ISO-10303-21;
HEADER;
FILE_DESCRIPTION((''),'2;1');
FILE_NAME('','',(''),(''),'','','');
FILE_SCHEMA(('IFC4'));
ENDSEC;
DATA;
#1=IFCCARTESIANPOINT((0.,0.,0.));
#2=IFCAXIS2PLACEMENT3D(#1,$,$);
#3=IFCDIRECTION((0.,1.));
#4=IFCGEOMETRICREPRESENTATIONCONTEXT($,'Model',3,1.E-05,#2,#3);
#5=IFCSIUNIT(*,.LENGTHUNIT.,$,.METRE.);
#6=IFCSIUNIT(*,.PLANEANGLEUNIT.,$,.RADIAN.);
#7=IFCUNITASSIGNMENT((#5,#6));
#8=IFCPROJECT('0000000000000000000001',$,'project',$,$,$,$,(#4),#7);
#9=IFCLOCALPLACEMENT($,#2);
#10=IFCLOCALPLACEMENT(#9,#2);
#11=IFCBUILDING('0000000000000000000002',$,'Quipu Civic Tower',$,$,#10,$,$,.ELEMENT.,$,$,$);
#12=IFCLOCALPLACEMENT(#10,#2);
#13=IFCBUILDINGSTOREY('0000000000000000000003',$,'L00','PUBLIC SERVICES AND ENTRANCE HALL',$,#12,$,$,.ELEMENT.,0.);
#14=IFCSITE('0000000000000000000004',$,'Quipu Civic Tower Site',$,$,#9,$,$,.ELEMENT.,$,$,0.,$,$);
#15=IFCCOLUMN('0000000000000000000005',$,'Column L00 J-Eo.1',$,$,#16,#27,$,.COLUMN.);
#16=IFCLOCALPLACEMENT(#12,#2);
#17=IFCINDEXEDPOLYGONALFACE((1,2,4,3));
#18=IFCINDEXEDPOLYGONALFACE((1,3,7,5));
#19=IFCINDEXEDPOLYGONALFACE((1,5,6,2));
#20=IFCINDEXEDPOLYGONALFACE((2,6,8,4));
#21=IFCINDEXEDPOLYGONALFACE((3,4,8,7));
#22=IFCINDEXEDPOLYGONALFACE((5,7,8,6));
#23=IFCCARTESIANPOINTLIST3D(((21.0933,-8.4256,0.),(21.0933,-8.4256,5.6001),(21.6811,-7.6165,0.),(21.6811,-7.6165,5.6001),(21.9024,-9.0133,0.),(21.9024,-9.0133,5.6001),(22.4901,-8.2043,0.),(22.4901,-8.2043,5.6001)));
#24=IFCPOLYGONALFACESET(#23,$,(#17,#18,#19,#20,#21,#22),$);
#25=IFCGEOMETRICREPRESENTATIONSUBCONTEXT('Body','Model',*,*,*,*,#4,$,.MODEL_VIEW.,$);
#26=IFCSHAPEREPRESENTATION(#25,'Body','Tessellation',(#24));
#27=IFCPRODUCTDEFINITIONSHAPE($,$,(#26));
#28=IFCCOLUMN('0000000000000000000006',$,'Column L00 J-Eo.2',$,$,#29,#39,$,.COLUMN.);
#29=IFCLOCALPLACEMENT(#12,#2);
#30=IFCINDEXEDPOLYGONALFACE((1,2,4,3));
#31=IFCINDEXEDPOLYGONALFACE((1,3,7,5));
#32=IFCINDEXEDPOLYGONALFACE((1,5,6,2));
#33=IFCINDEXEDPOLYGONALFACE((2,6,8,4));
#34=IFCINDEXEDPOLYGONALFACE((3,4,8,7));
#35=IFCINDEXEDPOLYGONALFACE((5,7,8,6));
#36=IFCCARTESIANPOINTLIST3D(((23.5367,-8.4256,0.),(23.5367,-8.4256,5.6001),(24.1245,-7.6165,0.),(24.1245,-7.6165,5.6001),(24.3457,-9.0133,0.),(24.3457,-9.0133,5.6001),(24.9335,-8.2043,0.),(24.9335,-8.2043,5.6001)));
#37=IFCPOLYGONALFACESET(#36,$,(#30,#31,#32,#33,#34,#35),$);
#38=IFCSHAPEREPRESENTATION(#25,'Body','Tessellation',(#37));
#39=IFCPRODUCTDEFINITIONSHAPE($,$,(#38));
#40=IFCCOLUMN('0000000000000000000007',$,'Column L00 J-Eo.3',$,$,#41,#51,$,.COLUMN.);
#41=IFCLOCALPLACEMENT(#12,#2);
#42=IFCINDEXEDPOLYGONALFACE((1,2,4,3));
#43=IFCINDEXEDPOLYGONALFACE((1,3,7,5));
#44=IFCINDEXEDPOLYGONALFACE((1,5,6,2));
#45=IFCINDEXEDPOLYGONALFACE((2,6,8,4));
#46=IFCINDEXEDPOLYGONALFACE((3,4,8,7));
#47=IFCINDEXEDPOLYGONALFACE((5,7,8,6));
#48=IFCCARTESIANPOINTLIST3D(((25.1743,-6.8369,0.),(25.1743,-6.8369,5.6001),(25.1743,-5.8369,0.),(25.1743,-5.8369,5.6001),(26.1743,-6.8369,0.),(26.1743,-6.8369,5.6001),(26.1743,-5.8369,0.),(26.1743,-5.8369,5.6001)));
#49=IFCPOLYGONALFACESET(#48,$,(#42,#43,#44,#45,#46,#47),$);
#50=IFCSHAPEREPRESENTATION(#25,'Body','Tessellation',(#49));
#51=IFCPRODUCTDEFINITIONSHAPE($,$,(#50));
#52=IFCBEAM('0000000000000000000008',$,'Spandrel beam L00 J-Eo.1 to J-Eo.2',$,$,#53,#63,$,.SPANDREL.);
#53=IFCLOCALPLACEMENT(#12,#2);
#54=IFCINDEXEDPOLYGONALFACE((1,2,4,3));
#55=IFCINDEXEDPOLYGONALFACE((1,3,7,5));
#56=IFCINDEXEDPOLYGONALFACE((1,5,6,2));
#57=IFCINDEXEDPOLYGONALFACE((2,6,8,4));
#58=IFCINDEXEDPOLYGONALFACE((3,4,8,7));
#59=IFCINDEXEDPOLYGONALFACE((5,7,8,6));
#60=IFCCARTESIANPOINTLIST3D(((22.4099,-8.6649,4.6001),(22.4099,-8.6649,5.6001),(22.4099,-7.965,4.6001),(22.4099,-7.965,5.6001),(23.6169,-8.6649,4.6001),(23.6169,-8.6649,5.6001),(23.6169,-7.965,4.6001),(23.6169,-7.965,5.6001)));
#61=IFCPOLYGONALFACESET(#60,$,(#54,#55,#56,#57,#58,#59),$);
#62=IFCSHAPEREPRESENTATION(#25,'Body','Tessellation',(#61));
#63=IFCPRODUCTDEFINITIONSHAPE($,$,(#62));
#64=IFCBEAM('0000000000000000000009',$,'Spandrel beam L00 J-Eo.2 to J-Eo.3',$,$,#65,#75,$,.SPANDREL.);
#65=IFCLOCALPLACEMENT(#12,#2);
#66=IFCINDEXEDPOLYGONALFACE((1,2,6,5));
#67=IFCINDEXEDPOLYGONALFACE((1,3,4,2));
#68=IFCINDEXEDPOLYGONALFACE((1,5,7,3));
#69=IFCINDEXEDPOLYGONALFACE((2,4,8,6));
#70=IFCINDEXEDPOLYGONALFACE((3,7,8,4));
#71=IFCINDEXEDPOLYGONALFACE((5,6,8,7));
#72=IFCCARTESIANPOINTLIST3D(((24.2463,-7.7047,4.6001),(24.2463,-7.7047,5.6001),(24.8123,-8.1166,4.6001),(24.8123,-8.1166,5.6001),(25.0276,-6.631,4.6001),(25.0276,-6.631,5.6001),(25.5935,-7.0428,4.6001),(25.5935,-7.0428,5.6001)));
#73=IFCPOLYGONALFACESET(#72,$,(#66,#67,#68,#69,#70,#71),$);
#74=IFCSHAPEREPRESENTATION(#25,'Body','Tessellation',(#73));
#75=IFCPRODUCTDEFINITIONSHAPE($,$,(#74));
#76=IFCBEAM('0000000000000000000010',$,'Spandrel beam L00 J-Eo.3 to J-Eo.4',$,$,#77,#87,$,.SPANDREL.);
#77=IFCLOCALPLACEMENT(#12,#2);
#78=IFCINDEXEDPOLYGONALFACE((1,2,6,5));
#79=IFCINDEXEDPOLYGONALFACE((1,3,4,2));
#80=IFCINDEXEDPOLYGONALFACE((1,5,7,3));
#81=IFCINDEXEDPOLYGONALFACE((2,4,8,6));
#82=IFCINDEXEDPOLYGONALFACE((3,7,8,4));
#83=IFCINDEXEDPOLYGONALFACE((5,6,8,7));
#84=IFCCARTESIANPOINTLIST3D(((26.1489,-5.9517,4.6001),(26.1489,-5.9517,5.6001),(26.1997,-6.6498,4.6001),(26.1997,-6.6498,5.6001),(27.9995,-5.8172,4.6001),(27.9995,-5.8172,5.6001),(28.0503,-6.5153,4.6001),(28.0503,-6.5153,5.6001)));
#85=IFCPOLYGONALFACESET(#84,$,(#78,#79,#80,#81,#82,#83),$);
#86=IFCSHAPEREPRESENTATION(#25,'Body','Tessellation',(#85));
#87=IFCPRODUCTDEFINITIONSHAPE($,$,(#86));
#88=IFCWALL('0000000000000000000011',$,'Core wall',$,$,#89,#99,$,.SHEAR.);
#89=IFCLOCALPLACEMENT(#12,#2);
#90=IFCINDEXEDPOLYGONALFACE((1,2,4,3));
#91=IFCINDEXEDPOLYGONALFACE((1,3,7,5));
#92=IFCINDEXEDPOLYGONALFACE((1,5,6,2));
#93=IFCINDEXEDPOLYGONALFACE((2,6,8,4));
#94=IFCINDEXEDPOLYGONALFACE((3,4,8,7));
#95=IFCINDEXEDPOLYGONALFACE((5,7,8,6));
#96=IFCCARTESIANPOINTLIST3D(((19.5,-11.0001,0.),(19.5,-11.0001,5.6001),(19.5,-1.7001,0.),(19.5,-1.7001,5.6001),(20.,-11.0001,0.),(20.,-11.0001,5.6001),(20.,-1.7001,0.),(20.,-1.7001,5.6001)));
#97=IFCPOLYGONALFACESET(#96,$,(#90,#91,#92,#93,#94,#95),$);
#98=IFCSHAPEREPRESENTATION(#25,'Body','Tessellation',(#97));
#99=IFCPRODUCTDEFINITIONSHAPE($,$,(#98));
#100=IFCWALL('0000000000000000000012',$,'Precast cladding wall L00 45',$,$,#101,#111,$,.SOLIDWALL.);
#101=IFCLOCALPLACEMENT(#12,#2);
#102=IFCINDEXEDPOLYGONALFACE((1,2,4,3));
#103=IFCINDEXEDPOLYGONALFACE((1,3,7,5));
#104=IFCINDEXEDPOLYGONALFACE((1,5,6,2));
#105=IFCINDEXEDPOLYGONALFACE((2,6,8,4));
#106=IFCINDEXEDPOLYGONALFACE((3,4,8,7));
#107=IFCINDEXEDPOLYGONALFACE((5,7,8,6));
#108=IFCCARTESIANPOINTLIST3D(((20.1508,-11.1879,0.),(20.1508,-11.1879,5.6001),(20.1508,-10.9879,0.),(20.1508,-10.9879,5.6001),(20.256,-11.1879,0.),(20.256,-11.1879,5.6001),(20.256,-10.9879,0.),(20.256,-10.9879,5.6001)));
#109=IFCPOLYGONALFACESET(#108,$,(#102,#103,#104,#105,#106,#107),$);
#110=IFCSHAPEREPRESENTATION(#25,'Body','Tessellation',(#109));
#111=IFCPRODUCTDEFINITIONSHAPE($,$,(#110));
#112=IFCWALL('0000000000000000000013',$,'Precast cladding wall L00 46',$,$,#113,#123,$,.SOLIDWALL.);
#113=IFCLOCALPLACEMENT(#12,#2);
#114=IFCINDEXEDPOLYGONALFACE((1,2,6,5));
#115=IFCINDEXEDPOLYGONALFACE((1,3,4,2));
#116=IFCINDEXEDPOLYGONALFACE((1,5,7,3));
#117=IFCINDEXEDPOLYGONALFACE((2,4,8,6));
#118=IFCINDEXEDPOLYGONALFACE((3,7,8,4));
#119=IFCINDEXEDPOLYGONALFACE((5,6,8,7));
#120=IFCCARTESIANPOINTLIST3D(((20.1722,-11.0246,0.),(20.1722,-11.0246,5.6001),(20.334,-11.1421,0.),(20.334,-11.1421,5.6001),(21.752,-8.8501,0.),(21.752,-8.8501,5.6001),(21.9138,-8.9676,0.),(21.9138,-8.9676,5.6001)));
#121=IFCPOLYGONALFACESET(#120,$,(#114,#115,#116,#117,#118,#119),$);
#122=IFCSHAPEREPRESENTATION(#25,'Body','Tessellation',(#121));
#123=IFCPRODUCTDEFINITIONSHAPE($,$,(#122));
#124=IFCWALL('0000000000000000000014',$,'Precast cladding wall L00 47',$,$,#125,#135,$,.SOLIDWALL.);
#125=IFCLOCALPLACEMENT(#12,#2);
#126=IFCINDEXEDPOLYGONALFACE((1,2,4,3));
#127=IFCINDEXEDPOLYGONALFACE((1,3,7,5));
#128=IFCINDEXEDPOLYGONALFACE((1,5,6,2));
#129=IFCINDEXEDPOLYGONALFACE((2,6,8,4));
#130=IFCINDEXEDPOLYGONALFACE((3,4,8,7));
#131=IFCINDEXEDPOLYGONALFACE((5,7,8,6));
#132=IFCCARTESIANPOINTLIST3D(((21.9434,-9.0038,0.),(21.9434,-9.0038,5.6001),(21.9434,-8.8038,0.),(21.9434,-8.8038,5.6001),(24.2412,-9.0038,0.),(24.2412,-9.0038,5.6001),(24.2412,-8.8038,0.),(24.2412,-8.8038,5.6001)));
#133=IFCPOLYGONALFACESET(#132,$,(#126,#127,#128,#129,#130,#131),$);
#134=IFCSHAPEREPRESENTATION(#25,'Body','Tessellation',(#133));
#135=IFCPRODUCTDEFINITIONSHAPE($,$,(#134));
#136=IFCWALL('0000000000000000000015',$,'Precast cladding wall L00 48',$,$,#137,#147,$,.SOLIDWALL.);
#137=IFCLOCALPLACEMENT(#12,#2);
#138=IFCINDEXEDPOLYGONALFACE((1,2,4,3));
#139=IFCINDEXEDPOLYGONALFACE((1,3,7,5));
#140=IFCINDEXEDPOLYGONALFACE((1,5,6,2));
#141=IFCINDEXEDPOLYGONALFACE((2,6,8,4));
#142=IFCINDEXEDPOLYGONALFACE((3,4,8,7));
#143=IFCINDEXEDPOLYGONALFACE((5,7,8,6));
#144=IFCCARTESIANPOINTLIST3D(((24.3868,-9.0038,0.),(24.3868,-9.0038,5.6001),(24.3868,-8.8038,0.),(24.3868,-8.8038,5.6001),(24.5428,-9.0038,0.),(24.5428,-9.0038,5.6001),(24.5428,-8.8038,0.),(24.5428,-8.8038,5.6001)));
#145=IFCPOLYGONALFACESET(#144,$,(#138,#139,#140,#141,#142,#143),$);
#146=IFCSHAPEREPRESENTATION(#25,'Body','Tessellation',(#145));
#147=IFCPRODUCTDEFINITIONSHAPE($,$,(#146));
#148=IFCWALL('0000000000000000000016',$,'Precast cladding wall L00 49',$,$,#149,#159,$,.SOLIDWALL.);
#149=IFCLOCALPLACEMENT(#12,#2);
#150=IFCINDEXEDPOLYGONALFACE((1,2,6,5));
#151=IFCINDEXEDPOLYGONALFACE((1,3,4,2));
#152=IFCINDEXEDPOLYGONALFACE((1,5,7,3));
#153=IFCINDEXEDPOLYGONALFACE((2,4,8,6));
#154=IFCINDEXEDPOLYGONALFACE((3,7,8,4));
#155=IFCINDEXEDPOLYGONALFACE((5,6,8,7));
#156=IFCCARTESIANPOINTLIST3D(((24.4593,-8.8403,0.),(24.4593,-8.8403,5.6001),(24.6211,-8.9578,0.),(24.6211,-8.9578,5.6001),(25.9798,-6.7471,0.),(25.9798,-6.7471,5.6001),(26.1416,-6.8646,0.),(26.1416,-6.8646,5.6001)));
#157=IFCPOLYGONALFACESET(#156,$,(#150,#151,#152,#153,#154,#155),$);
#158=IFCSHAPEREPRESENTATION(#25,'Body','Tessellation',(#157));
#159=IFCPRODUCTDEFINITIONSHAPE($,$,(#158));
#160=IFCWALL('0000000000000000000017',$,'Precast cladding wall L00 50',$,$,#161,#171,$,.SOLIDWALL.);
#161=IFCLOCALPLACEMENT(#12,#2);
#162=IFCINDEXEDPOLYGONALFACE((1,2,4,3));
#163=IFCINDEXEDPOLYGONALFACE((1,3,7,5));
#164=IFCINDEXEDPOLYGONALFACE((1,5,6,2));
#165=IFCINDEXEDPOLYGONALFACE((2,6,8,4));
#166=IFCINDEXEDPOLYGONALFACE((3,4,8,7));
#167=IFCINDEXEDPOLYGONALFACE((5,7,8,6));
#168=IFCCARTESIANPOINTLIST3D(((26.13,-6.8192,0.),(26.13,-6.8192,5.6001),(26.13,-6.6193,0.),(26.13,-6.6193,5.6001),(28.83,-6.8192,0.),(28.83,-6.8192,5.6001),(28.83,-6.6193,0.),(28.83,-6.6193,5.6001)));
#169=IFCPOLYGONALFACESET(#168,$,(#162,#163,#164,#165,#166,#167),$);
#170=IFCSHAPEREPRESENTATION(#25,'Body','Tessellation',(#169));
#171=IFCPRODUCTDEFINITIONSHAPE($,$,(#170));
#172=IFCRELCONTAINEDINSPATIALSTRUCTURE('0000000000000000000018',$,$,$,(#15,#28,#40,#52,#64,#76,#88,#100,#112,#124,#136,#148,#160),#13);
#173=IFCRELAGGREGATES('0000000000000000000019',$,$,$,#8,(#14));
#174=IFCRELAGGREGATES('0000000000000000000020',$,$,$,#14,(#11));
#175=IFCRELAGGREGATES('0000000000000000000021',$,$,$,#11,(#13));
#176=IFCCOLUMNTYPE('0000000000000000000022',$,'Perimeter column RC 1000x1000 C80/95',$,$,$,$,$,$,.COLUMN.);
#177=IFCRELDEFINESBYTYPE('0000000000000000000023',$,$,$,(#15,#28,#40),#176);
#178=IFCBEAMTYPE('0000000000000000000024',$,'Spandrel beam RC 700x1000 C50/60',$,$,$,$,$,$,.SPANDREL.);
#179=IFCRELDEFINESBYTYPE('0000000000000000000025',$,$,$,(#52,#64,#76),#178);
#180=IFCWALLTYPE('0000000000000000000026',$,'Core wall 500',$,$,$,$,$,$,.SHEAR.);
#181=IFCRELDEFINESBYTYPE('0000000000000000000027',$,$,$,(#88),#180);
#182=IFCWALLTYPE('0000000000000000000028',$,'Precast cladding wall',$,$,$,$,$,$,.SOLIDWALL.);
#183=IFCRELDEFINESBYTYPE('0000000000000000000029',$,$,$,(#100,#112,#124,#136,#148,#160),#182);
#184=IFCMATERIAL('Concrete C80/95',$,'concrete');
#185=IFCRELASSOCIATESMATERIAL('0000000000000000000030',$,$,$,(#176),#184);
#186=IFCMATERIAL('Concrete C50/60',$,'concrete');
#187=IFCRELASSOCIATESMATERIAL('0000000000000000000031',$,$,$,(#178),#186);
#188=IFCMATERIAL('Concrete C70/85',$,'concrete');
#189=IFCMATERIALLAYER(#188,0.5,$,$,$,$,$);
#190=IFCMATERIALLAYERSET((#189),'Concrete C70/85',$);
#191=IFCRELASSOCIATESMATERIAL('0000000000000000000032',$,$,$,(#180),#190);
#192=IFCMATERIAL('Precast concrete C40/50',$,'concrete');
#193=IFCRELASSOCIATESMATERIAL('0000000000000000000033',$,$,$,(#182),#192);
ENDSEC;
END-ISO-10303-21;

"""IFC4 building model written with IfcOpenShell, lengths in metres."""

from ifc_helpers import new_model, si_unit, direction, frame, frame_2d, origin, origin_2d, place, context, subcontext, project, spatial, rectangle, extrude, material, layer, layer_set, material_profile, profile_set, type_object, element, save


model = new_model("IFC4")

# Units and contexts
model_context = context("Model", 3, precision=1e-05, world=origin(), true_north=direction((0.0, 1.0)))
body_context = subcontext(model_context, "Body", "Model", "MODEL_VIEW")
ifc_project = project(units=[si_unit("LENGTHUNIT", "METRE"), si_unit("PLANEANGLEUNIT", "RADIAN")], contexts=[model_context])

# Site, building, storey
site_placement = place(None, origin())
site = spatial("IfcSite", under=ifc_project, at=site_placement, Name="Quipu Civic Tower Site", CompositionType="ELEMENT", RefElevation=0.0)
building_placement = place(site_placement, origin())
building = spatial("IfcBuilding", under=site, at=building_placement, Name="Quipu Civic Tower", CompositionType="ELEMENT")
storey_placement = place(building_placement, origin())
storey = spatial("IfcBuildingStorey", under=building, at=storey_placement, Name="L00", Description="PUBLIC SERVICES AND ENTRANCE HALL", CompositionType="ELEMENT", Elevation=0.0)

# Columns
ifc_material_1 = material(Name="Concrete C80/95", Category="concrete")
ifc_material_profile_1 = material_profile(ifc_material_1, rectangle(XDim=1.0, YDim=1.0, at=origin_2d()), Name="RC1000x1000")
ifc_profile_set_1 = profile_set([ifc_material_profile_1], Name="Concrete C80/95")
column_type = type_object("IfcColumnType", Name="Perimeter column RC 1000x1000 C80/95", PredefinedType="COLUMN", material=ifc_profile_set_1)
for number, where, z_axis, x_axis, name in (
    (1, (21.7917, -8.3149, 0.0), (0.0, 0.0, 1.0), (0.587785, 0.809017, 0.0), "Column L00 J-Eo.1"),
    (2, (24.2351, -8.3149, 0.0), (0.0, 0.0, 1.0), (0.587785, 0.809017, 0.0), "Column L00 J-Eo.2"),
    (3, (25.6743, -6.3369, 0.0), (0.0, 0.0, 1.0), (1.0, 0.0, 0.0), "Column L00 J-Eo.3"),
):
    element("IfcColumn", number, at=place(storey_placement, frame(where, z_axis=z_axis, x_axis=x_axis)), inside=storey, type_object=column_type, Name=name, PredefinedType="COLUMN", context=body_context, shape_type="SweptSolid", body=[
        extrude(rectangle(XDim=1.0, YDim=1.0, at=origin_2d()), origin(), (0.0, 0.0, 1.0), 5.6001),
    ])

# Beams
ifc_material_2 = material(Name="Concrete C50/60", Category="concrete")
ifc_material_profile_2 = material_profile(ifc_material_2, rectangle(XDim=0.7, YDim=1.0, at=origin_2d()), Name="RC700x1000")
ifc_profile_set_2 = profile_set([ifc_material_profile_2], Name="Concrete C50/60")
beam_type = type_object("IfcBeamType", Name="Spandrel beam RC 700x1000 C50/60", PredefinedType="SPANDREL", material=ifc_profile_set_2)
beam_1_placement = place(storey_placement, frame((22.4099, -8.3149, 5.1001), z_axis=(1.0, 0.0, 0.0), x_axis=(0.0, 1.0, 0.0)))
element("IfcBeam", 4, at=beam_1_placement, inside=storey, type_object=beam_type, Name="Spandrel beam L00 J-Eo.1 to J-Eo.2", PredefinedType="SPANDREL", context=body_context, shape_type="SweptSolid", body=[
    extrude(rectangle(XDim=0.7, YDim=1.0, at=origin_2d()), origin(), (0.0, 0.0, 1.0), 1.207),
])
beam_2_placement = place(storey_placement, frame((24.5293, -7.9106, 5.1001), z_axis=(0.588347, 0.808609, 0.0), x_axis=(-0.808609, 0.588347, 0.0)))
element("IfcBeam", 5, at=beam_2_placement, inside=storey, type_object=beam_type, Name="Spandrel beam L00 J-Eo.2 to J-Eo.3", PredefinedType="SPANDREL", context=body_context, shape_type="SweptSolid", body=[
    extrude(rectangle(XDim=0.7, YDim=1.0, at=origin_2d()), origin(), (0.0, 0.0, 1.0), 1.3279),
])
beam_3_placement = place(storey_placement, frame((26.1743, -6.3008, 5.1001), z_axis=(0.997368, 0.0725, 0.0), x_axis=(-0.0725, 0.997368, 0.0)))
element("IfcBeam", 6, at=beam_3_placement, inside=storey, type_object=beam_type, Name="Spandrel beam L00 J-Eo.3 to J-Eo.4", PredefinedType="SPANDREL", context=body_context, shape_type="SweptSolid", body=[
    extrude(rectangle(XDim=0.7, YDim=1.0, at=origin_2d()), origin(), (0.0, 0.0, 1.0), 1.8555),
])

# Walls
ifc_material_3 = material(Name="Concrete C70/85", Category="concrete")
ifc_layer = layer(ifc_material_3, 0.5)
ifc_layer_set = layer_set([ifc_layer], Name="Concrete C70/85")
wall_type_1 = type_object("IfcWallType", Name="Core wall 500", PredefinedType="SHEAR", material=ifc_layer_set)
wall_1_placement = place(storey_placement, frame((19.75, -11.0, 0.0), z_axis=(0.0, 0.0, 1.0), x_axis=(0.0, 1.0, 0.0)))
element("IfcWall", 7, at=wall_1_placement, inside=storey, type_object=wall_type_1, Name="Core wall", PredefinedType="SHEAR", context=body_context, shape_type="SweptSolid", body=[
    extrude(rectangle(XDim=9.3, YDim=0.5, at=frame_2d((4.6499, 0.0))), origin(), (0.0, 0.0, 1.0), 5.6001),
])
ifc_material_4 = material(Name="Precast concrete C40/50", Category="concrete")
wall_type_2 = type_object("IfcWallType", Name="Precast cladding wall", PredefinedType="SOLIDWALL", material=ifc_material_4)
wall_2_placement = place(storey_placement, frame((20.1506, -11.0879, 0.0), z_axis=(0.0, 0.0, 1.0), x_axis=(1.0, 0.0, 0.0)))
element("IfcWall", 8, at=wall_2_placement, inside=storey, type_object=wall_type_2, Name="Precast cladding wall L00 45", PredefinedType="SOLIDWALL", context=body_context, shape_type="SweptSolid", body=[
    extrude(rectangle(XDim=0.1052, YDim=0.2, at=frame_2d((0.0527, 0.0))), origin(), (0.0, 0.0, 1.0), 5.6001),
])
wall_3_placement = place(storey_placement, frame((20.2532, -11.0833, 0.0), z_axis=(0.0, 0.0, 1.0), x_axis=(0.587767, 0.809031, 0.0)))
element("IfcWall", 9, at=wall_3_placement, inside=storey, type_object=wall_type_2, Name="Precast cladding wall L00 46", PredefinedType="SOLIDWALL", context=body_context, shape_type="SweptSolid", body=[
    extrude(rectangle(XDim=2.6877, YDim=0.2, at=frame_2d((1.3438, 0.0))), origin(), (0.0, 0.0, 1.0), 5.6001),
])
wall_4_placement = place(storey_placement, frame((21.9434, -8.9038, 0.0), z_axis=(0.0, 0.0, 1.0), x_axis=(1.0, 0.0, 0.0)))
element("IfcWall", 10, at=wall_4_placement, inside=storey, type_object=wall_type_2, Name="Precast cladding wall L00 47", PredefinedType="SOLIDWALL", context=body_context, shape_type="SweptSolid", body=[
    extrude(rectangle(XDim=2.2979, YDim=0.2, at=frame_2d((1.1489, 0.0))), origin(), (0.0, 0.0, 1.0), 5.6001),
])
wall_5_placement = place(storey_placement, frame((24.3867, -8.9038, 0.0), z_axis=(0.0, 0.0, 1.0), x_axis=(1.0, 0.0, 0.0)))
element("IfcWall", 11, at=wall_5_placement, inside=storey, type_object=wall_type_2, Name="Precast cladding wall L00 48", PredefinedType="SOLIDWALL", context=body_context, shape_type="SweptSolid", body=[
    extrude(rectangle(XDim=0.156, YDim=0.2, at=frame_2d((0.0781, 0.0))), origin(), (0.0, 0.0, 1.0), 5.6001),
])
wall_6_placement = place(storey_placement, frame((24.5403, -8.8989, 0.0), z_axis=(0.0, 0.0, 1.0), x_axis=(0.5877, 0.809079, 0.0)))
element("IfcWall", 12, at=wall_6_placement, inside=storey, type_object=wall_type_2, Name="Precast cladding wall L00 49", PredefinedType="SOLIDWALL", context=body_context, shape_type="SweptSolid", body=[
    extrude(rectangle(XDim=2.5872, YDim=0.2, at=frame_2d((1.2935, 0.0))), origin(), (0.0, 0.0, 1.0), 5.6001),
])
wall_7_placement = place(storey_placement, frame((26.1299, -6.7192, 0.0), z_axis=(0.0, 0.0, 1.0), x_axis=(1.0, 0.0, 0.0)))
element("IfcWall", 13, at=wall_7_placement, inside=storey, type_object=wall_type_2, Name="Precast cladding wall L00 50", PredefinedType="SOLIDWALL", context=body_context, shape_type="SweptSolid", body=[
    extrude(rectangle(XDim=2.7, YDim=0.2, at=frame_2d((1.3501, 0.0))), origin(), (0.0, 0.0, 1.0), 5.6001),
])

save(model, "model.ifc")
